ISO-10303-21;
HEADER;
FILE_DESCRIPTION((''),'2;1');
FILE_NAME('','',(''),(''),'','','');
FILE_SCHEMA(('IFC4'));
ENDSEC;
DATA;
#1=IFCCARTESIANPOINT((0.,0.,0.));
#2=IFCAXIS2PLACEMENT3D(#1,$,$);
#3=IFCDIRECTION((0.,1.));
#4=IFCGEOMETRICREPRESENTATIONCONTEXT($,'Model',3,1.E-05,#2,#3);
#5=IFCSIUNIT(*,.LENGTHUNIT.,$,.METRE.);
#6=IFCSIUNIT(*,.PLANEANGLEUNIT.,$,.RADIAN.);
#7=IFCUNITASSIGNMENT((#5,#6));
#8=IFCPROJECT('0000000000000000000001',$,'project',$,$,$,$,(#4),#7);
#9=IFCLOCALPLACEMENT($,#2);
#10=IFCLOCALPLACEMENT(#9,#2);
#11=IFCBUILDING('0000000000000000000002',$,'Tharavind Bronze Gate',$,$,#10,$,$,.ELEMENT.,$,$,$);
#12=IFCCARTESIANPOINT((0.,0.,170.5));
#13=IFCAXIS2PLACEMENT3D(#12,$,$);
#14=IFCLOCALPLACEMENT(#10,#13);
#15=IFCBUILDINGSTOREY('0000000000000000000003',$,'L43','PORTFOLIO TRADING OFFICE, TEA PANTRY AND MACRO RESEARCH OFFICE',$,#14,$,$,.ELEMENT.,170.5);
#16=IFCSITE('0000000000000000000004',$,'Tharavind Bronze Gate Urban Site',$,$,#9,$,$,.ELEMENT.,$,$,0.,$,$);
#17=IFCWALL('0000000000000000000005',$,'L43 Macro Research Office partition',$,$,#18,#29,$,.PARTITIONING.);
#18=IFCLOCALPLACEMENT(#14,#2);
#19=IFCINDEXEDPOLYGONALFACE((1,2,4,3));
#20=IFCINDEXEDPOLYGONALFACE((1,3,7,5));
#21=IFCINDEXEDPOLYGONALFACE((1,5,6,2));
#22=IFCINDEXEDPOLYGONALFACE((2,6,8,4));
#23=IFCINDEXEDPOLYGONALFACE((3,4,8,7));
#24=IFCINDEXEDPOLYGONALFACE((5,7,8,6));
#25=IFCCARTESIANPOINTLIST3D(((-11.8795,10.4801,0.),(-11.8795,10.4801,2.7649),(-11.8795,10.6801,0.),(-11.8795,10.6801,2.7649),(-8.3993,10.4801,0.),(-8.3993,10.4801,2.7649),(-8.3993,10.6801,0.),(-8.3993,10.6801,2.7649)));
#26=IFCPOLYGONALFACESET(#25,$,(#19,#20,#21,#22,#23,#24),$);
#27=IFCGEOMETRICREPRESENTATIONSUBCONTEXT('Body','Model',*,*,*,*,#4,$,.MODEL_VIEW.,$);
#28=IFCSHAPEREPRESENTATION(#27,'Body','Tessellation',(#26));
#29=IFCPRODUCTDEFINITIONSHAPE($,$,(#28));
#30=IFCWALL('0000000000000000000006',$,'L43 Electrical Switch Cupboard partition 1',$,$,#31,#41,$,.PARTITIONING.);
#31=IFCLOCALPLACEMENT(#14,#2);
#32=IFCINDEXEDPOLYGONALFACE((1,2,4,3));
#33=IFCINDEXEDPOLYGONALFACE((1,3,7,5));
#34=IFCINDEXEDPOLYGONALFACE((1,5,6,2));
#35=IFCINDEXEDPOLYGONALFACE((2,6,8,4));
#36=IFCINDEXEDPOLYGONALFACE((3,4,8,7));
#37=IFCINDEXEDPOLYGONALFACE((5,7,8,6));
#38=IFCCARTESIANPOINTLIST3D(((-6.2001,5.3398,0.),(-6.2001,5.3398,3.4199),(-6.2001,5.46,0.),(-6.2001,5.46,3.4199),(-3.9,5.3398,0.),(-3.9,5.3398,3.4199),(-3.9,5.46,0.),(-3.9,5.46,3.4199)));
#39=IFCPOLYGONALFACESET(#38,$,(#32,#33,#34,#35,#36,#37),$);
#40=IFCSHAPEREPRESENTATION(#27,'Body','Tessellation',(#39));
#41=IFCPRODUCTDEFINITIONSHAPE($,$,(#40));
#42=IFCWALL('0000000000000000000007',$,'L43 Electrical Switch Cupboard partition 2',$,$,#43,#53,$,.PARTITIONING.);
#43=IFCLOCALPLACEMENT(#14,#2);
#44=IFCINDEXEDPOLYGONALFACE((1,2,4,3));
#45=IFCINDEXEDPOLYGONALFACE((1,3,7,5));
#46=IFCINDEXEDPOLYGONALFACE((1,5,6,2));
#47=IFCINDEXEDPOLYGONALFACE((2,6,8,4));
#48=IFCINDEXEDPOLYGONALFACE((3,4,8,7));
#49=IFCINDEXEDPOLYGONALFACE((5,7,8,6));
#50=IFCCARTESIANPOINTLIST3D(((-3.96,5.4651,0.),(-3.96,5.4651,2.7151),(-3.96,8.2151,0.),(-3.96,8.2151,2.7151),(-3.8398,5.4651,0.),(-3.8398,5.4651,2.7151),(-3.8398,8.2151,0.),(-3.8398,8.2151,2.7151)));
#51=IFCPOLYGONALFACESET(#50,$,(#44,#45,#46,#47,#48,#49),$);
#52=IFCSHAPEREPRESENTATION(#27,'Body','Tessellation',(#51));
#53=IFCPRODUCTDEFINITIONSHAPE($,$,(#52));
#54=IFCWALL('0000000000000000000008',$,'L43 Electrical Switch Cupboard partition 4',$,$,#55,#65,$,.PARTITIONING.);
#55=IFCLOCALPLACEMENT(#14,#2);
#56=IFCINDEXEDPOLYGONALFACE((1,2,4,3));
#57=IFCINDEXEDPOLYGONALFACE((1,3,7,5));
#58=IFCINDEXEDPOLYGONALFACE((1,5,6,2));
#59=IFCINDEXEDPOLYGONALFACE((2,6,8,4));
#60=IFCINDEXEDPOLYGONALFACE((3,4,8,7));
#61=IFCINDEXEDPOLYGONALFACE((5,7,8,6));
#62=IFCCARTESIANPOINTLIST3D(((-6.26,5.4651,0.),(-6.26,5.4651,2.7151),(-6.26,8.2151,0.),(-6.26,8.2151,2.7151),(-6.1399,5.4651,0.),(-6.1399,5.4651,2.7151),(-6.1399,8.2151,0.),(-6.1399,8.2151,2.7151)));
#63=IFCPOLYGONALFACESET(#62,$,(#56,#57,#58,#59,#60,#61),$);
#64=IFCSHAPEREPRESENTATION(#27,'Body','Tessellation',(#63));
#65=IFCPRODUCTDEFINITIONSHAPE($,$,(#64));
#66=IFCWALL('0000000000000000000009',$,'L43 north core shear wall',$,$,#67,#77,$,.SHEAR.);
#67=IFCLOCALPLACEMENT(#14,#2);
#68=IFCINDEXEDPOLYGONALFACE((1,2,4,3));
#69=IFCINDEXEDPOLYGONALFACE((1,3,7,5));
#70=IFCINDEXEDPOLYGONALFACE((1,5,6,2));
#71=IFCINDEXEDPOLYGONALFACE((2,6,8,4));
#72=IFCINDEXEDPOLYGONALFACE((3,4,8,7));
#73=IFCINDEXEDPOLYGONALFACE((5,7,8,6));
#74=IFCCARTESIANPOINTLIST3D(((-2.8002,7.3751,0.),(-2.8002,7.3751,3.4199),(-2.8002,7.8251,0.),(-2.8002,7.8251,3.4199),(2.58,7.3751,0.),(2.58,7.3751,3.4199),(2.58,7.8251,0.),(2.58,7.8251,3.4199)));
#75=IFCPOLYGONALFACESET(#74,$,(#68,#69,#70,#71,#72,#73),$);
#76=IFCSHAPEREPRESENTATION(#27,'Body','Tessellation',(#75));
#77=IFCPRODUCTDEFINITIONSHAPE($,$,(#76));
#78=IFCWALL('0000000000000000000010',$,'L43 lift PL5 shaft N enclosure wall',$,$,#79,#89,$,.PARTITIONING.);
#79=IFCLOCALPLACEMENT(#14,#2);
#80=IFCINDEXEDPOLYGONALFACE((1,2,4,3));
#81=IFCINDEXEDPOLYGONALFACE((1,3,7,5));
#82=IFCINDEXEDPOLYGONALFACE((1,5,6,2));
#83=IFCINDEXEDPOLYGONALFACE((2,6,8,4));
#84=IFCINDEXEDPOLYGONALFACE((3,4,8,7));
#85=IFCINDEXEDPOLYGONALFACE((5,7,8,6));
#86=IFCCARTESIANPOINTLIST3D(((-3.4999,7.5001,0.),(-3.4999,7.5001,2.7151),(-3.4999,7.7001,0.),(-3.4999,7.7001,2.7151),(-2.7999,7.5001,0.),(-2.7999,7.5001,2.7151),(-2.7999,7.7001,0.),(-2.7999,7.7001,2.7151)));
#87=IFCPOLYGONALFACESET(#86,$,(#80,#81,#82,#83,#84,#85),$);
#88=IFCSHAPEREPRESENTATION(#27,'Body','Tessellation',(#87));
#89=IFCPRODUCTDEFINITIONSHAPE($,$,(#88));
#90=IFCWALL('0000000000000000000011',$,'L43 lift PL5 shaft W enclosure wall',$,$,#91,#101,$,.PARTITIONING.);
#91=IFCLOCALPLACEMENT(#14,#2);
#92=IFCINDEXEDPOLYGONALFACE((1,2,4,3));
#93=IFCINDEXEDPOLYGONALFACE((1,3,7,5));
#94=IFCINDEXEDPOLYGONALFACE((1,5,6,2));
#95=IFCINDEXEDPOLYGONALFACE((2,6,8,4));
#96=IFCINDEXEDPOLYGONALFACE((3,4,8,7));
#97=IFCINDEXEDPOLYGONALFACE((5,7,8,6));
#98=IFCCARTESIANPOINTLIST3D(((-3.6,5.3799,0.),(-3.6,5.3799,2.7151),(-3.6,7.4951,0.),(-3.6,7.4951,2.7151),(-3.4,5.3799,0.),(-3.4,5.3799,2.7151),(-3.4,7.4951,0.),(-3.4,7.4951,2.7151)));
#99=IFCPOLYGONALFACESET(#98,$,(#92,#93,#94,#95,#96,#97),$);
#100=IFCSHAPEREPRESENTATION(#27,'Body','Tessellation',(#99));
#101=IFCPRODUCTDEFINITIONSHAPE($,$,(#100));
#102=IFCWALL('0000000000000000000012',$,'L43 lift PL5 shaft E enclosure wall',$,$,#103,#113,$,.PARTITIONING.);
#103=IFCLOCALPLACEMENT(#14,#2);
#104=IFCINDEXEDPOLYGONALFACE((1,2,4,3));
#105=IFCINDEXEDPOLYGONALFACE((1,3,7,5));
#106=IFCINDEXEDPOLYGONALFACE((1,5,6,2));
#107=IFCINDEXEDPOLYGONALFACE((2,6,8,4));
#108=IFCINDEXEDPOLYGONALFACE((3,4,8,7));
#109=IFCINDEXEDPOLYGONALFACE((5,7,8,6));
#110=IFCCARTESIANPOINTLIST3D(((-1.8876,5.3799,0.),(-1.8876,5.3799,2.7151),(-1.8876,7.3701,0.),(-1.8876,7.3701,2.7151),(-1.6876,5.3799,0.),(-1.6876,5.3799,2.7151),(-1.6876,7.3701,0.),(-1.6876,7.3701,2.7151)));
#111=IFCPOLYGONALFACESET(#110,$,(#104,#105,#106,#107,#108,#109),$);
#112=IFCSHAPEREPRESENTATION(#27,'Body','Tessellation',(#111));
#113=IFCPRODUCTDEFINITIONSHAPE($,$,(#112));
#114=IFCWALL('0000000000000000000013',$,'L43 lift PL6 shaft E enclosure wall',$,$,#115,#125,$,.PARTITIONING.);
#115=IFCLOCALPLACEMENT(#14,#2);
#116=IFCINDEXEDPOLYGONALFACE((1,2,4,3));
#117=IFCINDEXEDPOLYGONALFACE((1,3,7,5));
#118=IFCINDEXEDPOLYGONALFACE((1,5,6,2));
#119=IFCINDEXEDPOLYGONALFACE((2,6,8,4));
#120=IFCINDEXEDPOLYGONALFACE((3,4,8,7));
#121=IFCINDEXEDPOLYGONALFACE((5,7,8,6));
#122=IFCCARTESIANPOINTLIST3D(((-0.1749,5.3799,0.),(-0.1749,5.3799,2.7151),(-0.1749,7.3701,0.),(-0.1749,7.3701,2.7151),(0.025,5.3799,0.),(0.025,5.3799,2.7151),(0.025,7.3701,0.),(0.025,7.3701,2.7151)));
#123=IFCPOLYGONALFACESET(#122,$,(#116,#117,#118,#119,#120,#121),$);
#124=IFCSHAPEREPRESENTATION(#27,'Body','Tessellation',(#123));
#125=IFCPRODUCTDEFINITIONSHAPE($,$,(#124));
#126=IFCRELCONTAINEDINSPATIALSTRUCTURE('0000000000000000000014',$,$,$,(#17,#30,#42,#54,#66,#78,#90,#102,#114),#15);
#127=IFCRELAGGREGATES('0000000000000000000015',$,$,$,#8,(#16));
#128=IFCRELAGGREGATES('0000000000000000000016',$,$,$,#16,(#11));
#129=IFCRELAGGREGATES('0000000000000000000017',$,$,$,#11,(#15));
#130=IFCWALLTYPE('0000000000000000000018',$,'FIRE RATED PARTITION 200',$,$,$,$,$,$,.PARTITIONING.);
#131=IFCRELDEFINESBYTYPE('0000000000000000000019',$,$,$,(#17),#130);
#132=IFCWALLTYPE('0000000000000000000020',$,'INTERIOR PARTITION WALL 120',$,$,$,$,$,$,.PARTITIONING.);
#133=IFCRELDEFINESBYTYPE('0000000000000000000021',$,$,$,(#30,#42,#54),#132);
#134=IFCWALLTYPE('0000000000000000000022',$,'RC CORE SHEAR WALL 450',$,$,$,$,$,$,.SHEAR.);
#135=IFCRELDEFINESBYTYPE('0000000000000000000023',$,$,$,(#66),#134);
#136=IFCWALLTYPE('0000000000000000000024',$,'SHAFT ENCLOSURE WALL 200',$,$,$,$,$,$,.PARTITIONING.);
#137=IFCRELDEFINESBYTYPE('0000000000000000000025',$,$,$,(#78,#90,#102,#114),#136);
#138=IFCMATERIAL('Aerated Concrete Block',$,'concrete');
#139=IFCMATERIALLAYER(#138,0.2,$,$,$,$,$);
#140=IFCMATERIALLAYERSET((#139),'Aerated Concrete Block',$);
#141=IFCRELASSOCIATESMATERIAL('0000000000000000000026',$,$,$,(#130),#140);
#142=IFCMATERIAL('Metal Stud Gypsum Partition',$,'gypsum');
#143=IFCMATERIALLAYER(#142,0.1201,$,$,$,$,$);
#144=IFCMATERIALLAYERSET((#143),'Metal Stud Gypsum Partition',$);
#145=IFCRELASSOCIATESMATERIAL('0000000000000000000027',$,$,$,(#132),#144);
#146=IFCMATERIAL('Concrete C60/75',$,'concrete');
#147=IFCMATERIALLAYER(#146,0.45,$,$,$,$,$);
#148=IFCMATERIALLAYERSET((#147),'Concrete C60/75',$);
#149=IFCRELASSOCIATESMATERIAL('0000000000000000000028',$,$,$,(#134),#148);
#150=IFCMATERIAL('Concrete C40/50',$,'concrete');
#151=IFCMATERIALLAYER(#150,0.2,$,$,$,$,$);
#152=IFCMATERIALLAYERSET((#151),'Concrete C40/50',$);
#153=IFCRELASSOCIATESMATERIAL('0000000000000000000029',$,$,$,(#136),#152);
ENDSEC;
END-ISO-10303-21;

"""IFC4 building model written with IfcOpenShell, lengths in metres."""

from ifc_helpers import new_model, si_unit, direction, frame, frame_2d, origin, place, context, subcontext, project, spatial, rectangle, extrude, material, layer, layer_set, type_object, element, save


model = new_model("IFC4")

# Units and contexts
model_context = context("Model", 3, precision=1e-05, world=origin(), true_north=direction((0.0, 1.0)))
body_context = subcontext(model_context, "Body", "Model", "MODEL_VIEW")
ifc_project = project(units=[si_unit("LENGTHUNIT", "METRE"), si_unit("PLANEANGLEUNIT", "RADIAN")], contexts=[model_context])

# Site, building, storey
site_placement = place(None, origin())
site = spatial("IfcSite", under=ifc_project, at=site_placement, Name="Tharavind Bronze Gate Urban Site", CompositionType="ELEMENT", RefElevation=0.0)
building_placement = place(site_placement, origin())
building = spatial("IfcBuilding", under=site, at=building_placement, Name="Tharavind Bronze Gate", CompositionType="ELEMENT")
storey_placement = place(building_placement, frame((0.0, 0.0, 170.5)))
storey = spatial("IfcBuildingStorey", under=building, at=storey_placement, Name="L43", Description="PORTFOLIO TRADING OFFICE, TEA PANTRY AND MACRO RESEARCH OFFICE", CompositionType="ELEMENT", Elevation=170.5)

# Walls
ifc_material_1 = material(Name="Aerated Concrete Block", Category="concrete")
ifc_layer_1 = layer(ifc_material_1, 0.2)
ifc_layer_set_1 = layer_set([ifc_layer_1], Name="Aerated Concrete Block")
wall_type_1 = type_object("IfcWallType", Name="FIRE RATED PARTITION 200", PredefinedType="PARTITIONING", material=ifc_layer_set_1)
wall_1_placement = place(storey_placement, frame((-8.3992, 10.5801, 0.0), z_axis=(0.0, 0.0, 1.0), x_axis=(-1.0, 0.0, 0.0)))
element("IfcWall", 1, at=wall_1_placement, inside=storey, type_object=wall_type_1, Name="L43 Macro Research Office partition", PredefinedType="PARTITIONING", context=body_context, shape_type="SweptSolid", body=[
    extrude(rectangle(XDim=3.4802, YDim=0.2, at=frame_2d((1.7402, 0.0))), origin(), (0.0, 0.0, 1.0), 2.7649),
])
ifc_material_2 = material(Name="Metal Stud Gypsum Partition", Category="gypsum")
ifc_layer_2 = layer(ifc_material_2, 0.1201)
ifc_layer_set_2 = layer_set([ifc_layer_2], Name="Metal Stud Gypsum Partition")
wall_type_2 = type_object("IfcWallType", Name="INTERIOR PARTITION WALL 120", PredefinedType="PARTITIONING", material=ifc_layer_set_2)
wall_2_placement = place(storey_placement, frame((-6.2, 5.3999, 0.0), z_axis=(0.0, 0.0, 1.0), x_axis=(1.0, 0.0, 0.0)))
element("IfcWall", 2, at=wall_2_placement, inside=storey, type_object=wall_type_2, Name="L43 Electrical Switch Cupboard partition 1", PredefinedType="PARTITIONING", context=body_context, shape_type="SweptSolid", body=[
    extrude(rectangle(XDim=2.3, YDim=0.1201, at=frame_2d((1.1499, 0.0))), origin(), (0.0, 0.0, 1.0), 3.4199),
])
for number, where, z_axis, x_axis, name in (
    (3, (-3.8999, 5.4651, 0.0), (0.0, 0.0, 1.0), (0.0, 1.0, 0.0), "L43 Electrical Switch Cupboard partition 2"),
    (4, (-6.2, 8.2151, 0.0), (0.0, 0.0, 1.0), (0.0, -1.0, 0.0), "L43 Electrical Switch Cupboard partition 4"),
):
    element("IfcWall", number, at=place(storey_placement, frame(where, z_axis=z_axis, x_axis=x_axis)), inside=storey, type_object=wall_type_2, Name=name, PredefinedType="PARTITIONING", context=body_context, shape_type="SweptSolid", body=[
        extrude(rectangle(XDim=2.75, YDim=0.1201, at=frame_2d((1.375, 0.0))), origin(), (0.0, 0.0, 1.0), 2.7151),
    ])
ifc_material_3 = material(Name="Concrete C60/75", Category="concrete")
ifc_layer_3 = layer(ifc_material_3, 0.45)
ifc_layer_set_3 = layer_set([ifc_layer_3], Name="Concrete C60/75")
wall_type_3 = type_object("IfcWallType", Name="RC CORE SHEAR WALL 450", PredefinedType="SHEAR", material=ifc_layer_set_3)
wall_3_placement = place(storey_placement, frame((-2.8, 7.6001, 0.0), z_axis=(0.0, 0.0, 1.0), x_axis=(1.0, 0.0, 0.0)))
element("IfcWall", 5, at=wall_3_placement, inside=storey, type_object=wall_type_3, Name="L43 north core shear wall", PredefinedType="SHEAR", context=body_context, shape_type="SweptSolid", body=[
    extrude(rectangle(XDim=5.3801, YDim=0.45, at=frame_2d((2.6899, 0.0))), origin(), (0.0, 0.0, 1.0), 3.4199),
])
ifc_material_4 = material(Name="Concrete C40/50", Category="concrete")
ifc_layer_4 = layer(ifc_material_4, 0.2)
ifc_layer_set_4 = layer_set([ifc_layer_4], Name="Concrete C40/50")
wall_type_4 = type_object("IfcWallType", Name="SHAFT ENCLOSURE WALL 200", PredefinedType="PARTITIONING", material=ifc_layer_set_4)
wall_4_placement = place(storey_placement, frame((-3.5, 7.6001, 0.0), z_axis=(0.0, 0.0, 1.0), x_axis=(1.0, 0.0, 0.0)))
element("IfcWall", 6, at=wall_4_placement, inside=storey, type_object=wall_type_4, Name="L43 lift PL5 shaft N enclosure wall", PredefinedType="PARTITIONING", context=body_context, shape_type="SweptSolid", body=[
    extrude(rectangle(XDim=0.7, YDim=0.2, at=frame_2d((0.3501, 0.0))), origin(), (0.0, 0.0, 1.0), 2.7151),
])
wall_5_placement = place(storey_placement, frame((-3.5, 5.3799, 0.0), z_axis=(0.0, 0.0, 1.0), x_axis=(0.0, 1.0, 0.0)))
element("IfcWall", 7, at=wall_5_placement, inside=storey, type_object=wall_type_4, Name="L43 lift PL5 shaft W enclosure wall", PredefinedType="PARTITIONING", context=body_context, shape_type="SweptSolid", body=[
    extrude(rectangle(XDim=2.1152, YDim=0.2, at=frame_2d((1.0576, 0.0))), origin(), (0.0, 0.0, 1.0), 2.7151),
])
for number, where, z_axis, x_axis, name in (
    (8, (-1.7876, 5.3799, 0.0), (0.0, 0.0, 1.0), (0.0, 1.0, 0.0), "L43 lift PL5 shaft E enclosure wall"),
    (9, (-0.075, 5.3799, 0.0), (0.0, 0.0, 1.0), (0.0, 1.0, 0.0), "L43 lift PL6 shaft E enclosure wall"),
):
    element("IfcWall", number, at=place(storey_placement, frame(where, z_axis=z_axis, x_axis=x_axis)), inside=storey, type_object=wall_type_4, Name=name, PredefinedType="PARTITIONING", context=body_context, shape_type="SweptSolid", body=[
        extrude(rectangle(XDim=1.9902, YDim=0.2, at=frame_2d((0.9951, 0.0))), origin(), (0.0, 0.0, 1.0), 2.7151),
    ])

save(model, "model.ifc")
